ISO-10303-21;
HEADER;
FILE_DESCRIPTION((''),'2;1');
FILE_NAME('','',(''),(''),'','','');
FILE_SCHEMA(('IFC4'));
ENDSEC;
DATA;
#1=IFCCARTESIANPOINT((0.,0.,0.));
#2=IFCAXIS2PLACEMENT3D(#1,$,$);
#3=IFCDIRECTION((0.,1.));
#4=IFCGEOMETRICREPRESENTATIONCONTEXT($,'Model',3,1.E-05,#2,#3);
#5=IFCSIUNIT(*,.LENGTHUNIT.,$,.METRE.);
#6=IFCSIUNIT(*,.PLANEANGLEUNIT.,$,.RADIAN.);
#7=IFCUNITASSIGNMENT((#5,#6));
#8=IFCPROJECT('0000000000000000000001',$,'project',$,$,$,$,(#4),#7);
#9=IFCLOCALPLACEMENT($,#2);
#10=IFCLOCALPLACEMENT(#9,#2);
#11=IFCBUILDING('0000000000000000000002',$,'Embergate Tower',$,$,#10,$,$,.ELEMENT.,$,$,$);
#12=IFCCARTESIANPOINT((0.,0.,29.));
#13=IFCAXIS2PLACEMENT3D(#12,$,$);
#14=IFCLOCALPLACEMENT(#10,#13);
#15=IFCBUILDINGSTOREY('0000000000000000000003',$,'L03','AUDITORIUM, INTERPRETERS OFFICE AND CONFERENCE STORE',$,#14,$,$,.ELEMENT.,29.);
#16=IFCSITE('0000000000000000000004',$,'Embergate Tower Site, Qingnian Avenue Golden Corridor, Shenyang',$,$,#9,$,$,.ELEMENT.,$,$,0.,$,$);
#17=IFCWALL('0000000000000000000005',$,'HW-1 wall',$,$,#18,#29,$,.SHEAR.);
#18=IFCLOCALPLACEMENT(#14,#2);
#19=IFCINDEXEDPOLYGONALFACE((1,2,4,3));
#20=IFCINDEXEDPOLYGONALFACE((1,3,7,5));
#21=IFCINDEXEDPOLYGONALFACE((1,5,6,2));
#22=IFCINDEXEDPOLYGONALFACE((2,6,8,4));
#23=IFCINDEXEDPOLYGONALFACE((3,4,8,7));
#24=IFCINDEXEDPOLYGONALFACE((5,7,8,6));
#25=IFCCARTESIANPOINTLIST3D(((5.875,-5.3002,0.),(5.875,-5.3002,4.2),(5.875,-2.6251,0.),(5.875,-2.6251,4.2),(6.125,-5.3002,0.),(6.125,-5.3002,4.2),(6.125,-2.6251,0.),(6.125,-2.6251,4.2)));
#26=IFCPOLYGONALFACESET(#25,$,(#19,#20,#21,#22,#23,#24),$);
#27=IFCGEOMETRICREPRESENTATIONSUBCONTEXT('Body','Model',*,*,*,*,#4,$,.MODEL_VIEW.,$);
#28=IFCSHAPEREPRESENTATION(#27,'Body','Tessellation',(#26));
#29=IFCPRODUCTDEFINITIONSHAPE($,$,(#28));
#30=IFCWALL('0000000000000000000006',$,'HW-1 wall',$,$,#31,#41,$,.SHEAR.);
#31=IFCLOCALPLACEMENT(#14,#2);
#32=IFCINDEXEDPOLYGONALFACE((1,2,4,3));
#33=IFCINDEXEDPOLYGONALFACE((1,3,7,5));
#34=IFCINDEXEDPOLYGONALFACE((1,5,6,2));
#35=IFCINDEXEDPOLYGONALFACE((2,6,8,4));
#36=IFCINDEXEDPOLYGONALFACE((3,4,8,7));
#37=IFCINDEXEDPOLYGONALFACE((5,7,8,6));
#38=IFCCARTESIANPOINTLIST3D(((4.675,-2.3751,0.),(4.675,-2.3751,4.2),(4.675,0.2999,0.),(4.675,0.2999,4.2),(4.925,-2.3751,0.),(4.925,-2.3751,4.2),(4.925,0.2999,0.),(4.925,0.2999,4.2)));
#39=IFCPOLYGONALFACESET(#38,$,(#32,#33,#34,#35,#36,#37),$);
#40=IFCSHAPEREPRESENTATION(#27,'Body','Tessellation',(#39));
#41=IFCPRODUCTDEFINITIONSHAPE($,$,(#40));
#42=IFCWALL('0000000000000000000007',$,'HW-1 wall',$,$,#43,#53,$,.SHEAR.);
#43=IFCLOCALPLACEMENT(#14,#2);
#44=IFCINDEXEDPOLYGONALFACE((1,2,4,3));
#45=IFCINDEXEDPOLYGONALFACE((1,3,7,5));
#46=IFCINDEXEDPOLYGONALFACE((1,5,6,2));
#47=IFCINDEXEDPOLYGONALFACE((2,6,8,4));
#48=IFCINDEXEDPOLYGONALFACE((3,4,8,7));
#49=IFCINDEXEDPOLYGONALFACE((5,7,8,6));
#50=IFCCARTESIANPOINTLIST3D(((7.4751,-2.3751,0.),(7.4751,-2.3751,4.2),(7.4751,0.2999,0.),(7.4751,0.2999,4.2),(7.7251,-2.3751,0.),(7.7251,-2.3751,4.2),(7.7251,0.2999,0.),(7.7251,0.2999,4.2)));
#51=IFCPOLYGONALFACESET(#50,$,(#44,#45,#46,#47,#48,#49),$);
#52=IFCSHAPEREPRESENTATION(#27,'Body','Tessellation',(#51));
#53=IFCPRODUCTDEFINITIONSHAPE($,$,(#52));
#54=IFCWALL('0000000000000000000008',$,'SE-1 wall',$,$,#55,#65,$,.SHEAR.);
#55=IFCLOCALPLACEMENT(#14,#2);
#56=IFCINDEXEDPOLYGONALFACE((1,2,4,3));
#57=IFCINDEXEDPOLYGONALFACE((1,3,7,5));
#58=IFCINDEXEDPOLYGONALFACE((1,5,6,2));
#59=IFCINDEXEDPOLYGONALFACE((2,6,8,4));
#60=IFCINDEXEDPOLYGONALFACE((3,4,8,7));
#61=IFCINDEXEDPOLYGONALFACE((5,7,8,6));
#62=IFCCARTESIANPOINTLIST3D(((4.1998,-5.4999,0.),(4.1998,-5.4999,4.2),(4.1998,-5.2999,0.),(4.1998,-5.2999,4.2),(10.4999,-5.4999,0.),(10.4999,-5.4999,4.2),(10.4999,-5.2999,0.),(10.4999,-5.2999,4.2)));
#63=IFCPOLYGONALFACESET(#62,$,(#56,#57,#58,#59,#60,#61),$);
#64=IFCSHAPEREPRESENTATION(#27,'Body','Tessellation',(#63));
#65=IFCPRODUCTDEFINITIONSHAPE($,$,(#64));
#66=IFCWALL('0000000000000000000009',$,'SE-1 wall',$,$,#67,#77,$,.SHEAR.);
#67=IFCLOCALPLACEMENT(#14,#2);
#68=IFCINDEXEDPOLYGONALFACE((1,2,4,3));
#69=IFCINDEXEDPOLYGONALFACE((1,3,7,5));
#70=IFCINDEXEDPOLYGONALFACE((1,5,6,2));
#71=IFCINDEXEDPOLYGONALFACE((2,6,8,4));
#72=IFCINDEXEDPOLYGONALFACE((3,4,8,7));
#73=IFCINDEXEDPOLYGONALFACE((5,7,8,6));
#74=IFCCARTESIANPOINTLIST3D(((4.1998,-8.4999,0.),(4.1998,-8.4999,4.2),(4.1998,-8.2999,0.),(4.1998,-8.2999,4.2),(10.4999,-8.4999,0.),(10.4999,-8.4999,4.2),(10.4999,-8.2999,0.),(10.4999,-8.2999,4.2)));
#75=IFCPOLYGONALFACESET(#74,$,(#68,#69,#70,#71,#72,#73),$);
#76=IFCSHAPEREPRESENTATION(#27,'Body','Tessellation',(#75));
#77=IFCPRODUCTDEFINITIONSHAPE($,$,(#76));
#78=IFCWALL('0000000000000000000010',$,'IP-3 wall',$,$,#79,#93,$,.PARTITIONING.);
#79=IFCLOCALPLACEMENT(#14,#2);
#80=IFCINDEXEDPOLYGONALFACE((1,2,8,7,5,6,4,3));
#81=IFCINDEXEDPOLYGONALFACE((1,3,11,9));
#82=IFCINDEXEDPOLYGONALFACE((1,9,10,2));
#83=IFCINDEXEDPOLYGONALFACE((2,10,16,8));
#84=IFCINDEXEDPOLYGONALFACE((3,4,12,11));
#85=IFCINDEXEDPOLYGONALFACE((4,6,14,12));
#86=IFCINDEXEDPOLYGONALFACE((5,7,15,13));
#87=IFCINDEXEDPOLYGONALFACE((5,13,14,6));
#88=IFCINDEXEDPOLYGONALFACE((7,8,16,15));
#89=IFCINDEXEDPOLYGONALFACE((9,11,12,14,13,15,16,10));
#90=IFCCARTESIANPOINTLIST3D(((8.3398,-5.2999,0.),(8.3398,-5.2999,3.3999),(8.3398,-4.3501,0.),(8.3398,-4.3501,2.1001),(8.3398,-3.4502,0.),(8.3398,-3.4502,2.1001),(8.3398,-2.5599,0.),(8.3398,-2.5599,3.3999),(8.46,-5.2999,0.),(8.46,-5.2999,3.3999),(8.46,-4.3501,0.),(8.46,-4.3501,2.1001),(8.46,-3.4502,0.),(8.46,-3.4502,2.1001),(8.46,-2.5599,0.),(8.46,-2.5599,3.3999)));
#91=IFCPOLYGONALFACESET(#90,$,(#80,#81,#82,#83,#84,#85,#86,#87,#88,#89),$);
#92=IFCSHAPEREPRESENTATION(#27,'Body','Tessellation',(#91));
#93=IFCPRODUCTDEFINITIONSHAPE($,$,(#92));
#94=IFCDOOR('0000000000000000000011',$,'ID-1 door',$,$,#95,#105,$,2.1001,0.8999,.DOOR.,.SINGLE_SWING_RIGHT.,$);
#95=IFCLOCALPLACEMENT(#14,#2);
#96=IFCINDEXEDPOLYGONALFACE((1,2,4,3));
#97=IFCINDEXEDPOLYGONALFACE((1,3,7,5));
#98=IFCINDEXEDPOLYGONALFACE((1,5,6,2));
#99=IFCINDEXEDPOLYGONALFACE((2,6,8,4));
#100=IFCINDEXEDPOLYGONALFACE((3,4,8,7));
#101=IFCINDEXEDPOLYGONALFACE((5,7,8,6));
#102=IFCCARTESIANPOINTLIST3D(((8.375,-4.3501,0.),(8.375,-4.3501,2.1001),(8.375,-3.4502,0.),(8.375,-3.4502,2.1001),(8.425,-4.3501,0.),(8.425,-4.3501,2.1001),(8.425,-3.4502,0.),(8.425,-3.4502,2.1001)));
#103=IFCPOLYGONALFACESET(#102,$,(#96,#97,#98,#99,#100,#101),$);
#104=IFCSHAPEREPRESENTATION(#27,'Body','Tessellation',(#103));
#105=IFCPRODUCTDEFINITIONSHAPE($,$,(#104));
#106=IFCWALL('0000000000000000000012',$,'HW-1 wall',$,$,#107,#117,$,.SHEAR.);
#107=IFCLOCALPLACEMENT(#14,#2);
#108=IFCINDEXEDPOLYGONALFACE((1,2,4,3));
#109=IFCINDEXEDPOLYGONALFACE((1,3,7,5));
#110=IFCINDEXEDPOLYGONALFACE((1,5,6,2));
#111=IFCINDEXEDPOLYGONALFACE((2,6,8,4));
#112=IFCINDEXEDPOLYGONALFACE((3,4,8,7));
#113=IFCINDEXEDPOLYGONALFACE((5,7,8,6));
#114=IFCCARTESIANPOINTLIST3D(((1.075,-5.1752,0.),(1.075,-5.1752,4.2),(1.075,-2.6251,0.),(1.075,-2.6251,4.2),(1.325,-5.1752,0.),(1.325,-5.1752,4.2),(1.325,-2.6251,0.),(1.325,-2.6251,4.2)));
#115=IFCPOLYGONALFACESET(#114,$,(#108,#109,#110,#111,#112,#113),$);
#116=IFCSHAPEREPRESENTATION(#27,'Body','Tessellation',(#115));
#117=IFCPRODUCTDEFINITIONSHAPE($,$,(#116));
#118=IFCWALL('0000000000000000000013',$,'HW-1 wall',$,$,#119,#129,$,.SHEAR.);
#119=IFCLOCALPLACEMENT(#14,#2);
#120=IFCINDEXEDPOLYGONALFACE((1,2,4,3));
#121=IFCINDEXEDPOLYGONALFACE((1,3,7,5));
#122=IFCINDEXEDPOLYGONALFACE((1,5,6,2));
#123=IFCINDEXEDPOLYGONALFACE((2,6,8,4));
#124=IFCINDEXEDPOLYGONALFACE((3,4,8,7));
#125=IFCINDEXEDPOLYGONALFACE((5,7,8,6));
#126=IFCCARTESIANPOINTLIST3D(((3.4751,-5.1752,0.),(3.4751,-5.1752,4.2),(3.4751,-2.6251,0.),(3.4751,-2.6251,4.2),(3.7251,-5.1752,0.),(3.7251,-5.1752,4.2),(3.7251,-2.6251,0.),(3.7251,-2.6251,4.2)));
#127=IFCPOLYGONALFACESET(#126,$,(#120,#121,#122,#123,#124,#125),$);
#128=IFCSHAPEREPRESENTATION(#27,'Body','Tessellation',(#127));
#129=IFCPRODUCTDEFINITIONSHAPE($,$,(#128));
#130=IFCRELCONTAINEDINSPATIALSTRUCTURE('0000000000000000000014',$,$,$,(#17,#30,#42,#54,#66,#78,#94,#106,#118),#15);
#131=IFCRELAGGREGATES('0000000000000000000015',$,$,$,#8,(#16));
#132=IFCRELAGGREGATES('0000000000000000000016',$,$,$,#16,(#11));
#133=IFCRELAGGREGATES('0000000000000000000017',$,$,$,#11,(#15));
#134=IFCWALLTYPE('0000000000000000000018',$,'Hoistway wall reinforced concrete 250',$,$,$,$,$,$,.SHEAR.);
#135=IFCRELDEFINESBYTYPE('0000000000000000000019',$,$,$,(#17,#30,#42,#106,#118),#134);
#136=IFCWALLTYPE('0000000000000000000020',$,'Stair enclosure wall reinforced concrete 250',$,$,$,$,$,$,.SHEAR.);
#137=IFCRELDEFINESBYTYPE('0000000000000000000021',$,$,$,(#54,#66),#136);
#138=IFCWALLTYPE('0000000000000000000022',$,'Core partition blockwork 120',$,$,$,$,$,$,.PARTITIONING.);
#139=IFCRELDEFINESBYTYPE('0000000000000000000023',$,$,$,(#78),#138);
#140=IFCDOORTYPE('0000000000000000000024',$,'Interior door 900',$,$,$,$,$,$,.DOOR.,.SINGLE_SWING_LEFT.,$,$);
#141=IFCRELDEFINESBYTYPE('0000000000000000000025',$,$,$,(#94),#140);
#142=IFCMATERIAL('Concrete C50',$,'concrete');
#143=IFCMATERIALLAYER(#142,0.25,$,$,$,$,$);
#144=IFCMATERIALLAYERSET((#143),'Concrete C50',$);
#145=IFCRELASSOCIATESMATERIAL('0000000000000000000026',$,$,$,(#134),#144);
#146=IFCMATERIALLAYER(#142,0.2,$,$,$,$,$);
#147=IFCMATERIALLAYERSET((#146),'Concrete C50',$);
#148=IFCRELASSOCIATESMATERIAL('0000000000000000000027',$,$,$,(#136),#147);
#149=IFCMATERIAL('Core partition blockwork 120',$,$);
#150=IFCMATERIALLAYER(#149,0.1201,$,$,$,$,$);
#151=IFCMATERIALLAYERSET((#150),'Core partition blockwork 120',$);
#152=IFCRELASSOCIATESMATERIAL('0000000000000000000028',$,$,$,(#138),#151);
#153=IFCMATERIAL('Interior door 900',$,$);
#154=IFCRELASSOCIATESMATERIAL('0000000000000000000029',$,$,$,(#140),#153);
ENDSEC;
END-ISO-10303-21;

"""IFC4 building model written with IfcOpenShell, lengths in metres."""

from ifc_helpers import new_model, si_unit, direction, frame, frame_2d, origin, place, context, subcontext, project, spatial, rectangle, extrude, source, transform, mapped, material, layer, layer_set, type_object, element, fill, save


model = new_model("IFC4")

# Units and contexts
model_context = context("Model", 3, precision=1e-05, world=origin(), true_north=direction((0.0, 1.0)))
body_context = subcontext(model_context, "Body", "Model", "MODEL_VIEW")
ifc_project = project(units=[si_unit("LENGTHUNIT", "METRE"), si_unit("PLANEANGLEUNIT", "RADIAN")], contexts=[model_context])

# Site, building, storey
site_placement = place(None, origin())
site = spatial("IfcSite", under=ifc_project, at=site_placement, Name="Embergate Tower Site, Qingnian Avenue Golden Corridor, Shenyang", CompositionType="ELEMENT", RefElevation=0.0)
building_placement = place(site_placement, origin())
building = spatial("IfcBuilding", under=site, at=building_placement, Name="Embergate Tower", CompositionType="ELEMENT")
storey_placement = place(building_placement, frame((0.0, 0.0, 29.0)))
storey = spatial("IfcBuildingStorey", under=building, at=storey_placement, Name="L03", Description="AUDITORIUM, INTERPRETERS OFFICE AND CONFERENCE STORE", CompositionType="ELEMENT", Elevation=29.0)

# Walls
ifc_material_1 = material(Name="Concrete C50", Category="concrete")
ifc_layer_1 = layer(ifc_material_1, 0.25)
ifc_layer_set_1 = layer_set([ifc_layer_1], Name="Concrete C50")
wall_type_1 = type_object("IfcWallType", Name="Hoistway wall reinforced concrete 250", PredefinedType="SHEAR", material=ifc_layer_set_1)
shared_shape_1 = source(origin(), body_context, "Body", "SweptSolid", [
    extrude(rectangle(XDim=2.675, YDim=0.25, at=frame_2d((1.3374, 0.0))), origin(), (0.0, 0.0, 1.0), 4.2),
])
for number, where, z_axis, x_axis, name in (
    (1, (6.0, -5.3, 0.0), (0.0, 0.0, 1.0), (0.0, 1.0, 0.0), "HW-1 wall"),
    (2, (4.8, -2.375, 0.0), (0.0, 0.0, 1.0), (0.0, 1.0, 0.0), "HW-1 wall"),
    (3, (7.6001, -2.375, 0.0), (0.0, 0.0, 1.0), (0.0, 1.0, 0.0), "HW-1 wall"),
):
    element("IfcWall", number, at=place(storey_placement, frame(where, z_axis=z_axis, x_axis=x_axis)), inside=storey, type_object=wall_type_1, Name=name, PredefinedType="SHEAR", context=body_context, shape_type="MappedRepresentation", body=[
        mapped(shared_shape_1, transform((0.0, 0.0, 0.0))),
    ])
ifc_layer_2 = layer(ifc_material_1, 0.2)
ifc_layer_set_2 = layer_set([ifc_layer_2], Name="Concrete C50")
wall_type_2 = type_object("IfcWallType", Name="Stair enclosure wall reinforced concrete 250", PredefinedType="SHEAR", material=ifc_layer_set_2)
shared_shape_2 = source(origin(), body_context, "Body", "SweptSolid", [
    extrude(rectangle(XDim=6.3, YDim=0.2, at=frame_2d((3.1499, 0.0))), origin(), (0.0, 0.0, 1.0), 4.2),
])
for number, where, z_axis, x_axis, name in (
    (4, (4.2, -5.3999, 0.0), (0.0, 0.0, 1.0), (1.0, 0.0, 0.0), "SE-1 wall"),
    (5, (4.2, -8.3999, 0.0), (0.0, 0.0, 1.0), (1.0, 0.0, 0.0), "SE-1 wall"),
):
    element("IfcWall", number, at=place(storey_placement, frame(where, z_axis=z_axis, x_axis=x_axis)), inside=storey, type_object=wall_type_2, Name=name, PredefinedType="SHEAR", context=body_context, shape_type="MappedRepresentation", body=[
        mapped(shared_shape_2, transform((0.0, 0.0, 0.0))),
    ])

# Wall, opening, door
ifc_material_2 = material(Name="Core partition blockwork 120")
ifc_layer_3 = layer(ifc_material_2, 0.1201)
ifc_layer_set_3 = layer_set([ifc_layer_3], Name="Core partition blockwork 120")
wall_type_3 = type_object("IfcWallType", Name="Core partition blockwork 120", PredefinedType="PARTITIONING", material=ifc_layer_set_3)
shared_shape_3 = source(origin(), body_context, "Body", "SweptSolid", [
    extrude(rectangle(XDim=2.74, YDim=0.1201, at=frame_2d((1.3701, 0.0))), origin(), (0.0, 0.0, 1.0), 3.3999),
])
wall_1_placement = place(storey_placement, frame((8.3999, -5.3, 0.0), z_axis=(0.0, 0.0, 1.0), x_axis=(0.0, 1.0, 0.0)))
wall_1 = element("IfcWall", 6, at=wall_1_placement, inside=storey, type_object=wall_type_3, Name="IP-3 wall", PredefinedType="PARTITIONING", context=body_context, shape_type="MappedRepresentation", body=[
    mapped(shared_shape_3, transform((0.0, 0.0, 0.0))),
])
shared_shape_4 = source(origin(), body_context, "Body", "SweptSolid", [
    extrude(rectangle(XDim=0.8999, YDim=2.1001, at=frame_2d((0.45, 1.05))), frame((0.0, 0.0701, 0.0), z_axis=(0.0, -1.0, 0.0), x_axis=(1.0, 0.0, 0.0)), (0.0, 0.0, 1.0), 0.1401),
])
opening_1_placement = place(wall_1_placement, frame((0.95, 0.0, 0.0)))
opening_1 = element("IfcOpeningElement", 7, at=opening_1_placement, cuts=wall_1, PredefinedType="OPENING", context=body_context, shape_type="MappedRepresentation", body=[
    mapped(shared_shape_4, transform((0.0, 0.0, 0.0))),
])
ifc_material_3 = material(Name="Interior door 900")
door_type_1 = type_object("IfcDoorType", Name="Interior door 900", OperationType="SINGLE_SWING_LEFT", PredefinedType="DOOR", material=ifc_material_3)
shared_shape_5 = source(origin(), body_context, "Body", "SweptSolid", [
    extrude(rectangle(XDim=0.8999, YDim=2.1001, at=frame_2d((0.45, 1.05))), frame((0.0, 0.0249, 0.0), z_axis=(0.0, -1.0, 0.0), x_axis=(1.0, 0.0, 0.0)), (0.0, 0.0, 1.0), 0.05),
])
door_1_placement = place(opening_1_placement, origin())
door_1 = element("IfcDoor", 8, at=door_1_placement, inside=storey, type_object=door_type_1, Name="ID-1 door", OperationType="SINGLE_SWING_RIGHT", OverallHeight=2.1001, OverallWidth=0.8999, PredefinedType="DOOR", context=body_context, shape_type="MappedRepresentation", body=[
    mapped(shared_shape_5, transform((0.0, 0.0, 0.0))),
])
fill(opening_1, door_1)

# Walls
shared_shape_6 = source(origin(), body_context, "Body", "SweptSolid", [
    extrude(rectangle(XDim=2.55, YDim=0.25, at=frame_2d((1.2749, 0.0))), origin(), (0.0, 0.0, 1.0), 4.2),
])
for number, where, z_axis, x_axis, name in (
    (9, (1.2, -5.175, 0.0), (0.0, 0.0, 1.0), (0.0, 1.0, 0.0), "HW-1 wall"),
    (10, (3.6001, -5.175, 0.0), (0.0, 0.0, 1.0), (0.0, 1.0, 0.0), "HW-1 wall"),
):
    element("IfcWall", number, at=place(storey_placement, frame(where, z_axis=z_axis, x_axis=x_axis)), inside=storey, type_object=wall_type_1, Name=name, PredefinedType="SHEAR", context=body_context, shape_type="MappedRepresentation", body=[
        mapped(shared_shape_6, transform((0.0, 0.0, 0.0))),
    ])

save(model, "model.ifc")
